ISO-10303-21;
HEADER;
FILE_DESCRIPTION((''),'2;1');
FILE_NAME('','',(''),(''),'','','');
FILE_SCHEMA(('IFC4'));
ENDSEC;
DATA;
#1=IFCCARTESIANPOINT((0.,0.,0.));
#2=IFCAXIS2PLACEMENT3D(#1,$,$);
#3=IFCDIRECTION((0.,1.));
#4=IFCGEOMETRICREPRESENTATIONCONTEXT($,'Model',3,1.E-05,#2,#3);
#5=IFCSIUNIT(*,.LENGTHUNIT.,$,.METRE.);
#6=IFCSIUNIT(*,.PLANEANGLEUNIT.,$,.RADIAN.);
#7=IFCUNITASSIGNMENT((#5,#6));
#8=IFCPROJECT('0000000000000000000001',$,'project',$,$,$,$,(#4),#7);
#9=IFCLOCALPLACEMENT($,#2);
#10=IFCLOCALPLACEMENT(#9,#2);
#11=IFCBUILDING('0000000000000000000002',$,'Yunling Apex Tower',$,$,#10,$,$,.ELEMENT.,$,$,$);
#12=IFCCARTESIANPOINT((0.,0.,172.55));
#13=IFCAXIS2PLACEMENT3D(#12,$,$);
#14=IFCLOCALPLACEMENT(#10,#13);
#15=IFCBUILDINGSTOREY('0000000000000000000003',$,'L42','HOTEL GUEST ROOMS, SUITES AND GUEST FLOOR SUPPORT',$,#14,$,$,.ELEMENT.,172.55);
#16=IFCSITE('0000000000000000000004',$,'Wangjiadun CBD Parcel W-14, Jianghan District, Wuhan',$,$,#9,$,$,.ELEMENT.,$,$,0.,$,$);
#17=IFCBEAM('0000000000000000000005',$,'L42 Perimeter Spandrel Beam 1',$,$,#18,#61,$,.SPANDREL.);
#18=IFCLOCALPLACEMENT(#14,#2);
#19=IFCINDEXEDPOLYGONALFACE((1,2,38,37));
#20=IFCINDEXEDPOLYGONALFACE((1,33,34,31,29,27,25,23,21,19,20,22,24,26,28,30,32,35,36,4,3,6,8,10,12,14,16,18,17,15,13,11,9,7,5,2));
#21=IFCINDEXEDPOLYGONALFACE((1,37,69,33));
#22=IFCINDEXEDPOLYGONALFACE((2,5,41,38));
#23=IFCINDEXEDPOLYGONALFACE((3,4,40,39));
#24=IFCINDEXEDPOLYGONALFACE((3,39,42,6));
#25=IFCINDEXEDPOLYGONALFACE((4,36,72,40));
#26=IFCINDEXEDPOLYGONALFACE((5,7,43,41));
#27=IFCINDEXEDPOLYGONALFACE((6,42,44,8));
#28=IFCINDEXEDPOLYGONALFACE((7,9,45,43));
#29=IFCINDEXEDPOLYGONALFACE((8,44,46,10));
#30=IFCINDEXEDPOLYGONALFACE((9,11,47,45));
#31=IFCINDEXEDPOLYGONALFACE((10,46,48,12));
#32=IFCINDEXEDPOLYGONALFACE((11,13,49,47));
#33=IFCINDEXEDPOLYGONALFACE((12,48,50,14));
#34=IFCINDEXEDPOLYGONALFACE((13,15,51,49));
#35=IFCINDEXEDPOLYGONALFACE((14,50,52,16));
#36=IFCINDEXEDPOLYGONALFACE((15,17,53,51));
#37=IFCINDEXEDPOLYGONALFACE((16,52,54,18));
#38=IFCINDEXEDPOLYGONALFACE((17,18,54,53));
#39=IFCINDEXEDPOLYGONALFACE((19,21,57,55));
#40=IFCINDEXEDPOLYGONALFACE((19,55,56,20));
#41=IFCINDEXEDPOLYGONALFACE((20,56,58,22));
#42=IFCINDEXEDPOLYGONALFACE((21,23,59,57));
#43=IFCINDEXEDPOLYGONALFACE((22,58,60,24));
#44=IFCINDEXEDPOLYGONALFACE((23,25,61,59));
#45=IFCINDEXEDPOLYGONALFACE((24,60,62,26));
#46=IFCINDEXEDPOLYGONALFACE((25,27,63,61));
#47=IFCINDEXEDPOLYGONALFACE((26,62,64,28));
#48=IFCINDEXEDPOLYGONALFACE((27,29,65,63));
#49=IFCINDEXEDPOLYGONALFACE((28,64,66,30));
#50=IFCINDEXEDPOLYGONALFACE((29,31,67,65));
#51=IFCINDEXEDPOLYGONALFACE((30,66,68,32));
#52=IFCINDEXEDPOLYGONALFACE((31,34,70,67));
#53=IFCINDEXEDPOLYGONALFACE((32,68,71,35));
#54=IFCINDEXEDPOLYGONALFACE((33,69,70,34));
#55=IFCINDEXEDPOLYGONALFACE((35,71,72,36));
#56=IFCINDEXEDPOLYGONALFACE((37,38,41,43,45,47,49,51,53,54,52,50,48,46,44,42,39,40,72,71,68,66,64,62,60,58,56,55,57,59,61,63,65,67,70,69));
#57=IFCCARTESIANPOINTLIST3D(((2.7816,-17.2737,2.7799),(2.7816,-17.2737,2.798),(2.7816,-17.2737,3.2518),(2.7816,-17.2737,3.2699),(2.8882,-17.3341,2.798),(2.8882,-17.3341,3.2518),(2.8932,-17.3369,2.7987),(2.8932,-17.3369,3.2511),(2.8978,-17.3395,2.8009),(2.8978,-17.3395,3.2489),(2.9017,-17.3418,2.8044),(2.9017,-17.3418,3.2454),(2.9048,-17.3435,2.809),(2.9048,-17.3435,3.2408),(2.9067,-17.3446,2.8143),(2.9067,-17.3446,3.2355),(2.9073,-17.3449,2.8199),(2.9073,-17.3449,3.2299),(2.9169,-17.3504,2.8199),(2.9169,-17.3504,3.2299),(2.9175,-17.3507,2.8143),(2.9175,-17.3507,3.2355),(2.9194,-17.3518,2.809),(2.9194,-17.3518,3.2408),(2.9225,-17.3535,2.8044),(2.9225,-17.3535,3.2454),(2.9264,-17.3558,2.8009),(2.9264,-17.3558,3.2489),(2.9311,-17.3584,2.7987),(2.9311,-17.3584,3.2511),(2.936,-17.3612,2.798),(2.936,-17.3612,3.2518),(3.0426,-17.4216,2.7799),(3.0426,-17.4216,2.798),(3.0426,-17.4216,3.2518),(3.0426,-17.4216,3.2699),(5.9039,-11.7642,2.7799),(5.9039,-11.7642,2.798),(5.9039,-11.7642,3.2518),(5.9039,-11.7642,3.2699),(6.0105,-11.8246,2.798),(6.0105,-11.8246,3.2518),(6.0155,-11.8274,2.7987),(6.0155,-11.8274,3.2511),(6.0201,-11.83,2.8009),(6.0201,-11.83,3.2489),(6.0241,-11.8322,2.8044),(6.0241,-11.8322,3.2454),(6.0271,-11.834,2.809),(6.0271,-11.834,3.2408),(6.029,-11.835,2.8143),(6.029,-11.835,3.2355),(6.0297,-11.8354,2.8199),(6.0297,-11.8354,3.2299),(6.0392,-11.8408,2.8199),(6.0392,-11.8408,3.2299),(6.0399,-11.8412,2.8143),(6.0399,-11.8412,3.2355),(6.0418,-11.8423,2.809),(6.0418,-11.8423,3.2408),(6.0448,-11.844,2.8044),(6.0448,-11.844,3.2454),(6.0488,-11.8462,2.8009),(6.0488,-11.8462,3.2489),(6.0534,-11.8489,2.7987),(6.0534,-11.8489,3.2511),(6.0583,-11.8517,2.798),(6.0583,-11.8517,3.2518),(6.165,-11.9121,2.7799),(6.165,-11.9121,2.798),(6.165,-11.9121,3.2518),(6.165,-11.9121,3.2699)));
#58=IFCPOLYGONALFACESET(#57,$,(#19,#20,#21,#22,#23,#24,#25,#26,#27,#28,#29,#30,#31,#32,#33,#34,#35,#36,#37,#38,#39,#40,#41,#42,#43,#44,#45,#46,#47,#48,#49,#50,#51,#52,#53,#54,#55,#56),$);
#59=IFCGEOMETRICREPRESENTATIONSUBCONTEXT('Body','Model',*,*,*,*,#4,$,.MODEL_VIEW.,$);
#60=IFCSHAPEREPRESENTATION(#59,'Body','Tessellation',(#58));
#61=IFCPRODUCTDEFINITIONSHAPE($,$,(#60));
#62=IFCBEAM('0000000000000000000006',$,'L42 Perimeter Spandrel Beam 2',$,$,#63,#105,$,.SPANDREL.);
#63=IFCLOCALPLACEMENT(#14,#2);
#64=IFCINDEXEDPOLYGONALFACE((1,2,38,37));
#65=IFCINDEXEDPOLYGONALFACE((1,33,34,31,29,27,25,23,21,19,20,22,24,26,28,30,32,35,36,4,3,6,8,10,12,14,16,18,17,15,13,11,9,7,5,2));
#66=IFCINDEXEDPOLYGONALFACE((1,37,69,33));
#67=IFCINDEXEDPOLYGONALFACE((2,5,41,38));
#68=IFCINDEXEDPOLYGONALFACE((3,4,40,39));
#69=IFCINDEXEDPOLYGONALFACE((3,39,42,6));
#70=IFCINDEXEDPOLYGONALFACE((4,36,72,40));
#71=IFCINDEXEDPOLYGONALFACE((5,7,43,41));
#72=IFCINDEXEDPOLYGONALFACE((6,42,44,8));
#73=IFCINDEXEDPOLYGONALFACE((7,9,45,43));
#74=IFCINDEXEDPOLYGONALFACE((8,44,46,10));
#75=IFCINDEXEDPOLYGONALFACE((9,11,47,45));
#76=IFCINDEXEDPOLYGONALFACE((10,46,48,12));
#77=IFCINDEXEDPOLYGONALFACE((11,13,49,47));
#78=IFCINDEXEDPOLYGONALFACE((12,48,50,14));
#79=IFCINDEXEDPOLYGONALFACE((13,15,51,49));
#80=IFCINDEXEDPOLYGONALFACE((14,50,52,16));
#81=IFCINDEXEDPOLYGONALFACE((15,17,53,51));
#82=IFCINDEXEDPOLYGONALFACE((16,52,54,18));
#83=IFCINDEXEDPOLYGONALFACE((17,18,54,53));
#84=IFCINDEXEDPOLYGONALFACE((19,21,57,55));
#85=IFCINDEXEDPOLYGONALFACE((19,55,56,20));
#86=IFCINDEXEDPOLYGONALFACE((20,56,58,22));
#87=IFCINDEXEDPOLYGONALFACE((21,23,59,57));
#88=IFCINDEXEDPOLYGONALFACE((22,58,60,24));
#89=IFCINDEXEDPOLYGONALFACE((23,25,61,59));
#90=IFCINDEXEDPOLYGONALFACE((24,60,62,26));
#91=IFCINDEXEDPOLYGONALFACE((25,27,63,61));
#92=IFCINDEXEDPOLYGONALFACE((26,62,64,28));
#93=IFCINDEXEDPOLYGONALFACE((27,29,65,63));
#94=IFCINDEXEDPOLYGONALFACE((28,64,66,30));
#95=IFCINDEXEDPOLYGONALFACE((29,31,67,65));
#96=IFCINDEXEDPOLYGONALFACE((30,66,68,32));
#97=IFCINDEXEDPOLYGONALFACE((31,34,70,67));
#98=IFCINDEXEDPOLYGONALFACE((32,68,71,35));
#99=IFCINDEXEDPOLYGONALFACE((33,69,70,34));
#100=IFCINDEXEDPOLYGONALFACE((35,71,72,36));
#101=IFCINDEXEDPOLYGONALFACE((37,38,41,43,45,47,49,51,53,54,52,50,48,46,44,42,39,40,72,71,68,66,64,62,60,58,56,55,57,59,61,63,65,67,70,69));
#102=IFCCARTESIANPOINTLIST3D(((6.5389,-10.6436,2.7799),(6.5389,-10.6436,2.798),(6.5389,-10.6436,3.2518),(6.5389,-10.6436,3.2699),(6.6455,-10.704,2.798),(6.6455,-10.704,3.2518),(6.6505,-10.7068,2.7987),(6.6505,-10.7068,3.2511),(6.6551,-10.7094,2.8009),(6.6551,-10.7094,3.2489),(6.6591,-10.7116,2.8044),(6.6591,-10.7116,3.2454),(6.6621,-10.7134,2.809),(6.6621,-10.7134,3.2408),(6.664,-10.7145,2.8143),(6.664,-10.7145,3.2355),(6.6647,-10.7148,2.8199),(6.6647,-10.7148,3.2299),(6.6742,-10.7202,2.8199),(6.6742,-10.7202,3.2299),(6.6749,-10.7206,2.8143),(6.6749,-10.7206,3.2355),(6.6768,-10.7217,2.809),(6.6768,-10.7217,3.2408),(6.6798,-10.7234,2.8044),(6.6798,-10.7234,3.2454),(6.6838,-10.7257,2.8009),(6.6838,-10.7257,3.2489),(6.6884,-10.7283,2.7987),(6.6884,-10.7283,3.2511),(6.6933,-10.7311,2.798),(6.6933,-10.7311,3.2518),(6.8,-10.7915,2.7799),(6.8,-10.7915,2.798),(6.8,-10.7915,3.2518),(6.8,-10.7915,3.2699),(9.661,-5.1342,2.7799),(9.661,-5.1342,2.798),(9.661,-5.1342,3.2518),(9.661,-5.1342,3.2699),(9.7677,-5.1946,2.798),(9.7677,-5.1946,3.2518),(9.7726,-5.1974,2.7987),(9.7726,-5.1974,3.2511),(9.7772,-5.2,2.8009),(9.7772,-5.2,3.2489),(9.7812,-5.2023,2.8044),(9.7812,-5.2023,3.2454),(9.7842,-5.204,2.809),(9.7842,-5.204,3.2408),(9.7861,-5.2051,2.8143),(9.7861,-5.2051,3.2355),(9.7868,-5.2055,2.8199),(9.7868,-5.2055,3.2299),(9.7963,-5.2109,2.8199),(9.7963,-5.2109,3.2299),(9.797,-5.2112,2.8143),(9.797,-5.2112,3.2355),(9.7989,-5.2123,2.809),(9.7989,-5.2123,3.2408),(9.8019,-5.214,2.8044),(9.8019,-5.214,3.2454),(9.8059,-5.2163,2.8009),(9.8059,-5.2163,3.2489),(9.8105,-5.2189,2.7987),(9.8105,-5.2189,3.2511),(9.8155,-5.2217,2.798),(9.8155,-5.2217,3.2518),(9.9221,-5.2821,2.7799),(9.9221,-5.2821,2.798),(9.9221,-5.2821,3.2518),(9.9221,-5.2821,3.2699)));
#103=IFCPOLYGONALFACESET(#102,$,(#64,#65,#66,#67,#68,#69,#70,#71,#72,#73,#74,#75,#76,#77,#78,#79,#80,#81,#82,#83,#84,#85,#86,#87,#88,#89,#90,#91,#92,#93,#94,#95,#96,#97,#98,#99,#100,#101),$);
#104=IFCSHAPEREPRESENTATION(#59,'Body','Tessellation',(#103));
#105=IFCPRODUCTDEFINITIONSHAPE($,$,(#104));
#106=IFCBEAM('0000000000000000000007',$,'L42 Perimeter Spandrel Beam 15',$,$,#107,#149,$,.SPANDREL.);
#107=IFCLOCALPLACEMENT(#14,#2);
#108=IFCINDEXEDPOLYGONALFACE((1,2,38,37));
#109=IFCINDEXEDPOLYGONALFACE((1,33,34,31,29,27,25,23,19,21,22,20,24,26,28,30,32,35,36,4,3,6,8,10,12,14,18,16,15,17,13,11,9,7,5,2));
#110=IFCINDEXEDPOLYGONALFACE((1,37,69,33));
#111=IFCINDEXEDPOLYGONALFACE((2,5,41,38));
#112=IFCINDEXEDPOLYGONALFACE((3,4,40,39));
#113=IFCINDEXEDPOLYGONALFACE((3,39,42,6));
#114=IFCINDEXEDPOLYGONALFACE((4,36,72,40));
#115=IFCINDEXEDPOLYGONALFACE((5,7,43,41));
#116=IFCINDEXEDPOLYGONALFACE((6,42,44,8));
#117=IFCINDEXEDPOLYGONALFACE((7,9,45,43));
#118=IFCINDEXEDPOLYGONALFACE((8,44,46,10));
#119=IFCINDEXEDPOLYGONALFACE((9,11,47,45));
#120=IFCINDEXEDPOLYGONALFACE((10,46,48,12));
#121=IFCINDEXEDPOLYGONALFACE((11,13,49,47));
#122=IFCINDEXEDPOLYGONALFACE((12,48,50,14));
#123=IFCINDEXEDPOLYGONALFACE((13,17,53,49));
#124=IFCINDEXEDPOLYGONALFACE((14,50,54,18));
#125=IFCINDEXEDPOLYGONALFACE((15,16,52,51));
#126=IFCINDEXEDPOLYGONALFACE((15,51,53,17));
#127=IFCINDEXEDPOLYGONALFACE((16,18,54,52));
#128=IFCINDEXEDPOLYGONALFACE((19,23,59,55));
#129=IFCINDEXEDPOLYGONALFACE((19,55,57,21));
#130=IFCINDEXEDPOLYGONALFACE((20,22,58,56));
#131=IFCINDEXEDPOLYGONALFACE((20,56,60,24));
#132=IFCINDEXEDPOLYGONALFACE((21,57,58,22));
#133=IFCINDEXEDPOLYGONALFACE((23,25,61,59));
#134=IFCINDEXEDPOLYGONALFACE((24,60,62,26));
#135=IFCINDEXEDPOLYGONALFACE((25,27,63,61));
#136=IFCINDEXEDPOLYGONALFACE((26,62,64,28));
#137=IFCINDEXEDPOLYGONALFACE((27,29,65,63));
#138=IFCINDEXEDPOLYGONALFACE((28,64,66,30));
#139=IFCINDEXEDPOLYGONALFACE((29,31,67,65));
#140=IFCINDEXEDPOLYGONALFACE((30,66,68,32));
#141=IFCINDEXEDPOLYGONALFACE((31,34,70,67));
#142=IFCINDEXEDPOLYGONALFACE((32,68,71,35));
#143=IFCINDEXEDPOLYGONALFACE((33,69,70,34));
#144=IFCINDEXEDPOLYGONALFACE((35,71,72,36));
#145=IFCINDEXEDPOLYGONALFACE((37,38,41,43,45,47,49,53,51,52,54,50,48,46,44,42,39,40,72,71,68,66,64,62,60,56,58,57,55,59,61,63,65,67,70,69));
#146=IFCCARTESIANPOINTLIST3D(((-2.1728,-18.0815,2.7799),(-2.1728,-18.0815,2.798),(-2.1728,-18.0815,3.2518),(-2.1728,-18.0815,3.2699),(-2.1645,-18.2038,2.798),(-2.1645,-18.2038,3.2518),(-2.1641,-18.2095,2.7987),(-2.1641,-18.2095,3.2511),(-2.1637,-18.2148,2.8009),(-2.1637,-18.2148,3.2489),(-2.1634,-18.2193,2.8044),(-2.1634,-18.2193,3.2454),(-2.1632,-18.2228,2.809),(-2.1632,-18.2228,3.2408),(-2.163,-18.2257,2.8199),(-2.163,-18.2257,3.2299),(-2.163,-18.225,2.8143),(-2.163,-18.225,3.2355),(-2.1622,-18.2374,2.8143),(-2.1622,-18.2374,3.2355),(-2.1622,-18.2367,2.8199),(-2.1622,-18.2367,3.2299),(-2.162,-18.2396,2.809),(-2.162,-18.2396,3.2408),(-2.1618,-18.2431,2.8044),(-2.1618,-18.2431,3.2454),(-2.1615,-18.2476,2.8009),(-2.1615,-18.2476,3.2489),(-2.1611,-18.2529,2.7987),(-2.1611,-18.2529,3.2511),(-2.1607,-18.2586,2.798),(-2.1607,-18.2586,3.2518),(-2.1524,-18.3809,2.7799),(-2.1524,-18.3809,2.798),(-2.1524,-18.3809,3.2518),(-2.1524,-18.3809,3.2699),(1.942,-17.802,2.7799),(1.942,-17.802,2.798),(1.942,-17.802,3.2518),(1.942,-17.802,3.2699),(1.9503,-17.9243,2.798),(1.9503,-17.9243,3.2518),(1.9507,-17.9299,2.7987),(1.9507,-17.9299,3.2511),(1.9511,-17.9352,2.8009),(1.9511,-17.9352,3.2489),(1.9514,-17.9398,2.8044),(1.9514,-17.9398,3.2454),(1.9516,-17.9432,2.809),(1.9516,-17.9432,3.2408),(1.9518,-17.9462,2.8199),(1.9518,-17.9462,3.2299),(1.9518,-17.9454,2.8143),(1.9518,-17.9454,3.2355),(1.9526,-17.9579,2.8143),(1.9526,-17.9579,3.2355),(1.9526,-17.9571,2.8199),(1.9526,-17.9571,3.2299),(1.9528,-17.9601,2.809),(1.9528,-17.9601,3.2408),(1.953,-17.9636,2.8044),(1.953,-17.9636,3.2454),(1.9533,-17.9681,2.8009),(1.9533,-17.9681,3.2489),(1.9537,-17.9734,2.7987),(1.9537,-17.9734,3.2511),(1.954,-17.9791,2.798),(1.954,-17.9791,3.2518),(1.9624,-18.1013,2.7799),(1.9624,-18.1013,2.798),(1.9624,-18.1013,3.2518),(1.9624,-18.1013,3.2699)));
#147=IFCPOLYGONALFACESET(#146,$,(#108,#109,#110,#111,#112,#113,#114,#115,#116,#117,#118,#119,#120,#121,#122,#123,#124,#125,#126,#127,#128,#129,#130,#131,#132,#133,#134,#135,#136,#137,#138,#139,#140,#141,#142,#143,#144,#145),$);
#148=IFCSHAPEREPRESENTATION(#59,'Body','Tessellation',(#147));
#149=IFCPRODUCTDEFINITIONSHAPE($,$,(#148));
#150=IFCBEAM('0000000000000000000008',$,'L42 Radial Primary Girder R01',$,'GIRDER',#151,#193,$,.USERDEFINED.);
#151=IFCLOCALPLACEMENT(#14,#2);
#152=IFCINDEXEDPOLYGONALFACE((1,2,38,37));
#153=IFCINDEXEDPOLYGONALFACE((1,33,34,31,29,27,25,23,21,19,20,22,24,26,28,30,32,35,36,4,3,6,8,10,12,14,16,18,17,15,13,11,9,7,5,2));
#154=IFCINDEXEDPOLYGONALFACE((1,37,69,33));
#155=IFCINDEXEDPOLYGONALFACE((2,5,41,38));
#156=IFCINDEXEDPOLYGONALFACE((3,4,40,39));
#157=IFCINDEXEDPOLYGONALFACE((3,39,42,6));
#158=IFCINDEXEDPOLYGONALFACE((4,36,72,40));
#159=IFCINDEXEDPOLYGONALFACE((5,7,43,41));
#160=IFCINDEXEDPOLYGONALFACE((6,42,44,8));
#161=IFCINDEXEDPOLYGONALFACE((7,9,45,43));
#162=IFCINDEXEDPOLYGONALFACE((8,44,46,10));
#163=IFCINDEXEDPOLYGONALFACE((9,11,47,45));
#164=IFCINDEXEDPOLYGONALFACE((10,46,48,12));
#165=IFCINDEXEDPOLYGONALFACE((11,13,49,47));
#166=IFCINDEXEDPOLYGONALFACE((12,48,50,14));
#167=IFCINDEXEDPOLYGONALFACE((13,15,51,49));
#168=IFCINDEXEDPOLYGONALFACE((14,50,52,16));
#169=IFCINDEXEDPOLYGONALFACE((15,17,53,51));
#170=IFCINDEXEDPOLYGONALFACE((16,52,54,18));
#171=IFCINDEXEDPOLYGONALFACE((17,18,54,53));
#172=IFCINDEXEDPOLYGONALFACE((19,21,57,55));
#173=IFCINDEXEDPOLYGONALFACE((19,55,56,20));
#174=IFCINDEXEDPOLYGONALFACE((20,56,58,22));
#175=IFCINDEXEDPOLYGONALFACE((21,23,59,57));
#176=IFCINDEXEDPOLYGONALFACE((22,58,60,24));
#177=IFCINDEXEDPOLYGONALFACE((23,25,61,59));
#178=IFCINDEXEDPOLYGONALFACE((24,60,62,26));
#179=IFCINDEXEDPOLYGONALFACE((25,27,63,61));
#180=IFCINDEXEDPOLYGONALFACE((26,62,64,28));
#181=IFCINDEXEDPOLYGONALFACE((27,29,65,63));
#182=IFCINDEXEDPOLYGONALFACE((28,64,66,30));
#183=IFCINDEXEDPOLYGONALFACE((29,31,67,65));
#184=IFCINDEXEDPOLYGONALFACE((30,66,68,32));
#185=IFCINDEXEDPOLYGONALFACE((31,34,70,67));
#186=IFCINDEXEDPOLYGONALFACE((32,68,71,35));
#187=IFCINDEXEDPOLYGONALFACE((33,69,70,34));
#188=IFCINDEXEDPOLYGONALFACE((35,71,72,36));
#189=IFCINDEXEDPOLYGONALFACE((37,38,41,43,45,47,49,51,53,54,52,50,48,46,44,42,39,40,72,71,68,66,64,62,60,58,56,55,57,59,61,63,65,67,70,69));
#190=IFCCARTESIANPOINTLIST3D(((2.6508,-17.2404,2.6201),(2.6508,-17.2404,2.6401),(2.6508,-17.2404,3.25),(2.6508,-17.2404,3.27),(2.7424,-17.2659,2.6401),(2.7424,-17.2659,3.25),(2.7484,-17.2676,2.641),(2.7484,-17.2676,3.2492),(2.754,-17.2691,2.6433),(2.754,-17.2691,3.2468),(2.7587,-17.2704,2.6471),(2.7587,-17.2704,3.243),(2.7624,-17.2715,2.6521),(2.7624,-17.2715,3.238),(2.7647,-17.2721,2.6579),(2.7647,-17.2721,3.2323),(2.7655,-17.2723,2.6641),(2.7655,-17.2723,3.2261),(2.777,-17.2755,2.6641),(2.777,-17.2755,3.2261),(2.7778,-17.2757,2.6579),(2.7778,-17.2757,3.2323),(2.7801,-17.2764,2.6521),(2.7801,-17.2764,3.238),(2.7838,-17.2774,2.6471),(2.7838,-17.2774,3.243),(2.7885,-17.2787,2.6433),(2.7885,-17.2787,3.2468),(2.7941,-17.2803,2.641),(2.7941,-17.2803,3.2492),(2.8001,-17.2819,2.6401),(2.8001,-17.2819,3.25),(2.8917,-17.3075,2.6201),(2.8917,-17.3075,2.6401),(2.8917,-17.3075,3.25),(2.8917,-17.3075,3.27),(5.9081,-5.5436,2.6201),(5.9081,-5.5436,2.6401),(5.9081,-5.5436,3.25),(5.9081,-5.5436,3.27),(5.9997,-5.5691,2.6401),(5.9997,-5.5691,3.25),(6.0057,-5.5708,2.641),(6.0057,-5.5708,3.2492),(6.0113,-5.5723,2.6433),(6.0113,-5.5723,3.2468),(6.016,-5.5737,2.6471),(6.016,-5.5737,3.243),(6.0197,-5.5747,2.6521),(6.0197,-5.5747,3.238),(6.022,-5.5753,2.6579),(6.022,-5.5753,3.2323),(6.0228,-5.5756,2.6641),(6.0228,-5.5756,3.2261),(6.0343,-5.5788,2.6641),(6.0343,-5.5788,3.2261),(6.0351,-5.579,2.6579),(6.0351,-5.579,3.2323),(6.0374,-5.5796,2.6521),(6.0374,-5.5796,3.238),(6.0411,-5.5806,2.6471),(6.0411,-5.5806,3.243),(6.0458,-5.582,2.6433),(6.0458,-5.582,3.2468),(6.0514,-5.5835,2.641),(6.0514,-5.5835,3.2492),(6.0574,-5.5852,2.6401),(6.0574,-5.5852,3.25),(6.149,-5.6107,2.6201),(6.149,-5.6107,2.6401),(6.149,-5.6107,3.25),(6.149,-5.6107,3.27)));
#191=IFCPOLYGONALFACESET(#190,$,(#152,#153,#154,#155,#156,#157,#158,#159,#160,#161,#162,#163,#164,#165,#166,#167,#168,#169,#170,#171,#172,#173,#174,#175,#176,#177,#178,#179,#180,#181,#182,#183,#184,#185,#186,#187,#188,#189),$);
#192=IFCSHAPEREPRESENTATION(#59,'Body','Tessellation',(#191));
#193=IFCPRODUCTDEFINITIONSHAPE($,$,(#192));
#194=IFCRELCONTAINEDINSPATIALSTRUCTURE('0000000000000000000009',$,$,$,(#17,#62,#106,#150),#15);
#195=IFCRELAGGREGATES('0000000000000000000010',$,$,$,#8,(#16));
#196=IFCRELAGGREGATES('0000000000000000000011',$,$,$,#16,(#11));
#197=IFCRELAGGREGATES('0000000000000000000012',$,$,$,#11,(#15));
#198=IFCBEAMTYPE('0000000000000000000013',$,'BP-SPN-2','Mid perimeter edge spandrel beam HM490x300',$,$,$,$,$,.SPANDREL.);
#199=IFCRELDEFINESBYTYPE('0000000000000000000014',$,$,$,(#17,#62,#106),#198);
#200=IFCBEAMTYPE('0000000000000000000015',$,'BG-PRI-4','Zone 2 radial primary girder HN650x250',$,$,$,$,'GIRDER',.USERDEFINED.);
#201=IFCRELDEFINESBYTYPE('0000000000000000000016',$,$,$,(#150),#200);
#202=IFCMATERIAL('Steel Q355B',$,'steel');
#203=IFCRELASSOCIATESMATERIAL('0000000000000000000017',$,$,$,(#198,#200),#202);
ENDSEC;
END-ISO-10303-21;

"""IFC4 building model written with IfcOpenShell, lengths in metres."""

from ifc_helpers import new_model, si_unit, direction, frame, origin, origin_2d, place, context, subcontext, project, spatial, i_section, extrude, source, transform, mapped, material, material_profile, profile_set, type_object, element, save


model = new_model("IFC4")

# Units and contexts
model_context = context("Model", 3, precision=1e-05, world=origin(), true_north=direction((0.0, 1.0)))
body_context = subcontext(model_context, "Body", "Model", "MODEL_VIEW")
ifc_project = project(units=[si_unit("LENGTHUNIT", "METRE"), si_unit("PLANEANGLEUNIT", "RADIAN")], contexts=[model_context])

# Site, building, storey
site_placement = place(None, origin())
site = spatial("IfcSite", under=ifc_project, at=site_placement, Name="Wangjiadun CBD Parcel W-14, Jianghan District, Wuhan", CompositionType="ELEMENT", RefElevation=0.0)
building_placement = place(site_placement, origin())
building = spatial("IfcBuilding", under=site, at=building_placement, Name="Yunling Apex Tower", CompositionType="ELEMENT")
storey_placement = place(building_placement, frame((0.0, 0.0, 172.55)))
storey = spatial("IfcBuildingStorey", under=building, at=storey_placement, Name="L42", Description="HOTEL GUEST ROOMS, SUITES AND GUEST FLOOR SUPPORT", CompositionType="ELEMENT", Elevation=172.55)

# Beams
ifc_material_1 = material(Name="Steel Q355B", Category="steel")
ifc_material_profile_1 = material_profile(ifc_material_1, i_section(OverallWidth=0.3, OverallDepth=0.49, WebThickness=0.011, FlangeThickness=0.0181, FilletRadius=0.022, at=origin_2d()))
ifc_profile_set_1 = profile_set([ifc_material_profile_1], Name="Steel Q355B")
beam_type_1 = type_object("IfcBeamType", Name="BP-SPN-2", Description="Mid perimeter edge spandrel beam HM490x300", PredefinedType="SPANDREL", material=ifc_profile_set_1)
shared_shape_1 = source(origin(), body_context, "Body", "SweptSolid", [
    extrude(i_section(OverallWidth=0.3, OverallDepth=0.49, WebThickness=0.011, FlangeThickness=0.0181, FilletRadius=0.022, at=origin_2d()), origin(), (0.0, 0.0, 1.0), 6.3328),
])
beam_1_placement = place(storey_placement, frame((2.9121, -17.3477, 3.0249), z_axis=(0.493043, 0.870005, 0.0), x_axis=(-0.870005, 0.493043, 0.0)))
element("IfcBeam", 1, at=beam_1_placement, inside=storey, type_object=beam_type_1, Name="L42 Perimeter Spandrel Beam 1", PredefinedType="SPANDREL", context=body_context, shape_type="MappedRepresentation", body=[
    mapped(shared_shape_1, transform((0.0, 0.0, 0.0), scale=1.0)),
])
shared_shape_2 = source(origin(), body_context, "Body", "SweptSolid", [
    extrude(i_section(OverallWidth=0.3, OverallDepth=0.49, WebThickness=0.011, FlangeThickness=0.0181, FilletRadius=0.022, at=origin_2d()), origin(), (0.0, 0.0, 1.0), 6.3325),
])
beam_2_placement = place(storey_placement, frame((6.6694, -10.7175, 3.0249), z_axis=(0.49303, 0.870012, 0.0), x_axis=(-0.870012, 0.49303, 0.0)))
element("IfcBeam", 2, at=beam_2_placement, inside=storey, type_object=beam_type_1, Name="L42 Perimeter Spandrel Beam 2", PredefinedType="SPANDREL", context=body_context, shape_type="MappedRepresentation", body=[
    mapped(shared_shape_2, transform((0.0, 0.0, 0.0), scale=1.0)),
])
shared_shape_3 = source(origin(), body_context, "Body", "SweptSolid", [
    extrude(i_section(OverallWidth=0.3, OverallDepth=0.49, WebThickness=0.011, FlangeThickness=0.0181, FilletRadius=0.022, at=origin_2d()), origin(), (0.0, 0.0, 1.0), 4.1243),
])
beam_3_placement = place(storey_placement, frame((-2.1626, -18.2312, 3.0249), z_axis=(0.9977, 0.06778, 0.0), x_axis=(-0.06778, 0.9977, 0.0)))
element("IfcBeam", 3, at=beam_3_placement, inside=storey, type_object=beam_type_1, Name="L42 Perimeter Spandrel Beam 15", PredefinedType="SPANDREL", context=body_context, shape_type="MappedRepresentation", body=[
    mapped(shared_shape_3, transform((0.0, 0.0, 0.0), scale=1.0)),
])
ifc_material_profile_2 = material_profile(ifc_material_1, i_section(OverallWidth=0.25, OverallDepth=0.6499, WebThickness=0.012, FlangeThickness=0.02, FilletRadius=0.0239, at=origin_2d()))
ifc_profile_set_2 = profile_set([ifc_material_profile_2], Name="Steel Q355B")
beam_type_2 = type_object("IfcBeamType", Name="BG-PRI-4", Description="Zone 2 radial primary girder HN650x250", ElementType="GIRDER", PredefinedType="USERDEFINED", material=ifc_profile_set_2)
shared_shape_4 = source(origin(), body_context, "Body", "SweptSolid", [
    extrude(i_section(OverallWidth=0.25, OverallDepth=0.6499, WebThickness=0.012, FlangeThickness=0.02, FilletRadius=0.0239, at=origin_2d()), origin(), (0.0, 0.0, 1.0), 12.1418),
])
beam_4_placement = place(storey_placement, frame((2.7712, -17.2739, 2.9451), z_axis=(0.268272, 0.963343, 0.0), x_axis=(-0.963343, 0.268272, 0.0)))
element("IfcBeam", 4, at=beam_4_placement, inside=storey, type_object=beam_type_2, Name="L42 Radial Primary Girder R01", ObjectType="GIRDER", PredefinedType="USERDEFINED", context=body_context, shape_type="MappedRepresentation", body=[
    mapped(shared_shape_4, transform((0.0, 0.0, 0.0), scale=1.0)),
])

save(model, "model.ifc")
